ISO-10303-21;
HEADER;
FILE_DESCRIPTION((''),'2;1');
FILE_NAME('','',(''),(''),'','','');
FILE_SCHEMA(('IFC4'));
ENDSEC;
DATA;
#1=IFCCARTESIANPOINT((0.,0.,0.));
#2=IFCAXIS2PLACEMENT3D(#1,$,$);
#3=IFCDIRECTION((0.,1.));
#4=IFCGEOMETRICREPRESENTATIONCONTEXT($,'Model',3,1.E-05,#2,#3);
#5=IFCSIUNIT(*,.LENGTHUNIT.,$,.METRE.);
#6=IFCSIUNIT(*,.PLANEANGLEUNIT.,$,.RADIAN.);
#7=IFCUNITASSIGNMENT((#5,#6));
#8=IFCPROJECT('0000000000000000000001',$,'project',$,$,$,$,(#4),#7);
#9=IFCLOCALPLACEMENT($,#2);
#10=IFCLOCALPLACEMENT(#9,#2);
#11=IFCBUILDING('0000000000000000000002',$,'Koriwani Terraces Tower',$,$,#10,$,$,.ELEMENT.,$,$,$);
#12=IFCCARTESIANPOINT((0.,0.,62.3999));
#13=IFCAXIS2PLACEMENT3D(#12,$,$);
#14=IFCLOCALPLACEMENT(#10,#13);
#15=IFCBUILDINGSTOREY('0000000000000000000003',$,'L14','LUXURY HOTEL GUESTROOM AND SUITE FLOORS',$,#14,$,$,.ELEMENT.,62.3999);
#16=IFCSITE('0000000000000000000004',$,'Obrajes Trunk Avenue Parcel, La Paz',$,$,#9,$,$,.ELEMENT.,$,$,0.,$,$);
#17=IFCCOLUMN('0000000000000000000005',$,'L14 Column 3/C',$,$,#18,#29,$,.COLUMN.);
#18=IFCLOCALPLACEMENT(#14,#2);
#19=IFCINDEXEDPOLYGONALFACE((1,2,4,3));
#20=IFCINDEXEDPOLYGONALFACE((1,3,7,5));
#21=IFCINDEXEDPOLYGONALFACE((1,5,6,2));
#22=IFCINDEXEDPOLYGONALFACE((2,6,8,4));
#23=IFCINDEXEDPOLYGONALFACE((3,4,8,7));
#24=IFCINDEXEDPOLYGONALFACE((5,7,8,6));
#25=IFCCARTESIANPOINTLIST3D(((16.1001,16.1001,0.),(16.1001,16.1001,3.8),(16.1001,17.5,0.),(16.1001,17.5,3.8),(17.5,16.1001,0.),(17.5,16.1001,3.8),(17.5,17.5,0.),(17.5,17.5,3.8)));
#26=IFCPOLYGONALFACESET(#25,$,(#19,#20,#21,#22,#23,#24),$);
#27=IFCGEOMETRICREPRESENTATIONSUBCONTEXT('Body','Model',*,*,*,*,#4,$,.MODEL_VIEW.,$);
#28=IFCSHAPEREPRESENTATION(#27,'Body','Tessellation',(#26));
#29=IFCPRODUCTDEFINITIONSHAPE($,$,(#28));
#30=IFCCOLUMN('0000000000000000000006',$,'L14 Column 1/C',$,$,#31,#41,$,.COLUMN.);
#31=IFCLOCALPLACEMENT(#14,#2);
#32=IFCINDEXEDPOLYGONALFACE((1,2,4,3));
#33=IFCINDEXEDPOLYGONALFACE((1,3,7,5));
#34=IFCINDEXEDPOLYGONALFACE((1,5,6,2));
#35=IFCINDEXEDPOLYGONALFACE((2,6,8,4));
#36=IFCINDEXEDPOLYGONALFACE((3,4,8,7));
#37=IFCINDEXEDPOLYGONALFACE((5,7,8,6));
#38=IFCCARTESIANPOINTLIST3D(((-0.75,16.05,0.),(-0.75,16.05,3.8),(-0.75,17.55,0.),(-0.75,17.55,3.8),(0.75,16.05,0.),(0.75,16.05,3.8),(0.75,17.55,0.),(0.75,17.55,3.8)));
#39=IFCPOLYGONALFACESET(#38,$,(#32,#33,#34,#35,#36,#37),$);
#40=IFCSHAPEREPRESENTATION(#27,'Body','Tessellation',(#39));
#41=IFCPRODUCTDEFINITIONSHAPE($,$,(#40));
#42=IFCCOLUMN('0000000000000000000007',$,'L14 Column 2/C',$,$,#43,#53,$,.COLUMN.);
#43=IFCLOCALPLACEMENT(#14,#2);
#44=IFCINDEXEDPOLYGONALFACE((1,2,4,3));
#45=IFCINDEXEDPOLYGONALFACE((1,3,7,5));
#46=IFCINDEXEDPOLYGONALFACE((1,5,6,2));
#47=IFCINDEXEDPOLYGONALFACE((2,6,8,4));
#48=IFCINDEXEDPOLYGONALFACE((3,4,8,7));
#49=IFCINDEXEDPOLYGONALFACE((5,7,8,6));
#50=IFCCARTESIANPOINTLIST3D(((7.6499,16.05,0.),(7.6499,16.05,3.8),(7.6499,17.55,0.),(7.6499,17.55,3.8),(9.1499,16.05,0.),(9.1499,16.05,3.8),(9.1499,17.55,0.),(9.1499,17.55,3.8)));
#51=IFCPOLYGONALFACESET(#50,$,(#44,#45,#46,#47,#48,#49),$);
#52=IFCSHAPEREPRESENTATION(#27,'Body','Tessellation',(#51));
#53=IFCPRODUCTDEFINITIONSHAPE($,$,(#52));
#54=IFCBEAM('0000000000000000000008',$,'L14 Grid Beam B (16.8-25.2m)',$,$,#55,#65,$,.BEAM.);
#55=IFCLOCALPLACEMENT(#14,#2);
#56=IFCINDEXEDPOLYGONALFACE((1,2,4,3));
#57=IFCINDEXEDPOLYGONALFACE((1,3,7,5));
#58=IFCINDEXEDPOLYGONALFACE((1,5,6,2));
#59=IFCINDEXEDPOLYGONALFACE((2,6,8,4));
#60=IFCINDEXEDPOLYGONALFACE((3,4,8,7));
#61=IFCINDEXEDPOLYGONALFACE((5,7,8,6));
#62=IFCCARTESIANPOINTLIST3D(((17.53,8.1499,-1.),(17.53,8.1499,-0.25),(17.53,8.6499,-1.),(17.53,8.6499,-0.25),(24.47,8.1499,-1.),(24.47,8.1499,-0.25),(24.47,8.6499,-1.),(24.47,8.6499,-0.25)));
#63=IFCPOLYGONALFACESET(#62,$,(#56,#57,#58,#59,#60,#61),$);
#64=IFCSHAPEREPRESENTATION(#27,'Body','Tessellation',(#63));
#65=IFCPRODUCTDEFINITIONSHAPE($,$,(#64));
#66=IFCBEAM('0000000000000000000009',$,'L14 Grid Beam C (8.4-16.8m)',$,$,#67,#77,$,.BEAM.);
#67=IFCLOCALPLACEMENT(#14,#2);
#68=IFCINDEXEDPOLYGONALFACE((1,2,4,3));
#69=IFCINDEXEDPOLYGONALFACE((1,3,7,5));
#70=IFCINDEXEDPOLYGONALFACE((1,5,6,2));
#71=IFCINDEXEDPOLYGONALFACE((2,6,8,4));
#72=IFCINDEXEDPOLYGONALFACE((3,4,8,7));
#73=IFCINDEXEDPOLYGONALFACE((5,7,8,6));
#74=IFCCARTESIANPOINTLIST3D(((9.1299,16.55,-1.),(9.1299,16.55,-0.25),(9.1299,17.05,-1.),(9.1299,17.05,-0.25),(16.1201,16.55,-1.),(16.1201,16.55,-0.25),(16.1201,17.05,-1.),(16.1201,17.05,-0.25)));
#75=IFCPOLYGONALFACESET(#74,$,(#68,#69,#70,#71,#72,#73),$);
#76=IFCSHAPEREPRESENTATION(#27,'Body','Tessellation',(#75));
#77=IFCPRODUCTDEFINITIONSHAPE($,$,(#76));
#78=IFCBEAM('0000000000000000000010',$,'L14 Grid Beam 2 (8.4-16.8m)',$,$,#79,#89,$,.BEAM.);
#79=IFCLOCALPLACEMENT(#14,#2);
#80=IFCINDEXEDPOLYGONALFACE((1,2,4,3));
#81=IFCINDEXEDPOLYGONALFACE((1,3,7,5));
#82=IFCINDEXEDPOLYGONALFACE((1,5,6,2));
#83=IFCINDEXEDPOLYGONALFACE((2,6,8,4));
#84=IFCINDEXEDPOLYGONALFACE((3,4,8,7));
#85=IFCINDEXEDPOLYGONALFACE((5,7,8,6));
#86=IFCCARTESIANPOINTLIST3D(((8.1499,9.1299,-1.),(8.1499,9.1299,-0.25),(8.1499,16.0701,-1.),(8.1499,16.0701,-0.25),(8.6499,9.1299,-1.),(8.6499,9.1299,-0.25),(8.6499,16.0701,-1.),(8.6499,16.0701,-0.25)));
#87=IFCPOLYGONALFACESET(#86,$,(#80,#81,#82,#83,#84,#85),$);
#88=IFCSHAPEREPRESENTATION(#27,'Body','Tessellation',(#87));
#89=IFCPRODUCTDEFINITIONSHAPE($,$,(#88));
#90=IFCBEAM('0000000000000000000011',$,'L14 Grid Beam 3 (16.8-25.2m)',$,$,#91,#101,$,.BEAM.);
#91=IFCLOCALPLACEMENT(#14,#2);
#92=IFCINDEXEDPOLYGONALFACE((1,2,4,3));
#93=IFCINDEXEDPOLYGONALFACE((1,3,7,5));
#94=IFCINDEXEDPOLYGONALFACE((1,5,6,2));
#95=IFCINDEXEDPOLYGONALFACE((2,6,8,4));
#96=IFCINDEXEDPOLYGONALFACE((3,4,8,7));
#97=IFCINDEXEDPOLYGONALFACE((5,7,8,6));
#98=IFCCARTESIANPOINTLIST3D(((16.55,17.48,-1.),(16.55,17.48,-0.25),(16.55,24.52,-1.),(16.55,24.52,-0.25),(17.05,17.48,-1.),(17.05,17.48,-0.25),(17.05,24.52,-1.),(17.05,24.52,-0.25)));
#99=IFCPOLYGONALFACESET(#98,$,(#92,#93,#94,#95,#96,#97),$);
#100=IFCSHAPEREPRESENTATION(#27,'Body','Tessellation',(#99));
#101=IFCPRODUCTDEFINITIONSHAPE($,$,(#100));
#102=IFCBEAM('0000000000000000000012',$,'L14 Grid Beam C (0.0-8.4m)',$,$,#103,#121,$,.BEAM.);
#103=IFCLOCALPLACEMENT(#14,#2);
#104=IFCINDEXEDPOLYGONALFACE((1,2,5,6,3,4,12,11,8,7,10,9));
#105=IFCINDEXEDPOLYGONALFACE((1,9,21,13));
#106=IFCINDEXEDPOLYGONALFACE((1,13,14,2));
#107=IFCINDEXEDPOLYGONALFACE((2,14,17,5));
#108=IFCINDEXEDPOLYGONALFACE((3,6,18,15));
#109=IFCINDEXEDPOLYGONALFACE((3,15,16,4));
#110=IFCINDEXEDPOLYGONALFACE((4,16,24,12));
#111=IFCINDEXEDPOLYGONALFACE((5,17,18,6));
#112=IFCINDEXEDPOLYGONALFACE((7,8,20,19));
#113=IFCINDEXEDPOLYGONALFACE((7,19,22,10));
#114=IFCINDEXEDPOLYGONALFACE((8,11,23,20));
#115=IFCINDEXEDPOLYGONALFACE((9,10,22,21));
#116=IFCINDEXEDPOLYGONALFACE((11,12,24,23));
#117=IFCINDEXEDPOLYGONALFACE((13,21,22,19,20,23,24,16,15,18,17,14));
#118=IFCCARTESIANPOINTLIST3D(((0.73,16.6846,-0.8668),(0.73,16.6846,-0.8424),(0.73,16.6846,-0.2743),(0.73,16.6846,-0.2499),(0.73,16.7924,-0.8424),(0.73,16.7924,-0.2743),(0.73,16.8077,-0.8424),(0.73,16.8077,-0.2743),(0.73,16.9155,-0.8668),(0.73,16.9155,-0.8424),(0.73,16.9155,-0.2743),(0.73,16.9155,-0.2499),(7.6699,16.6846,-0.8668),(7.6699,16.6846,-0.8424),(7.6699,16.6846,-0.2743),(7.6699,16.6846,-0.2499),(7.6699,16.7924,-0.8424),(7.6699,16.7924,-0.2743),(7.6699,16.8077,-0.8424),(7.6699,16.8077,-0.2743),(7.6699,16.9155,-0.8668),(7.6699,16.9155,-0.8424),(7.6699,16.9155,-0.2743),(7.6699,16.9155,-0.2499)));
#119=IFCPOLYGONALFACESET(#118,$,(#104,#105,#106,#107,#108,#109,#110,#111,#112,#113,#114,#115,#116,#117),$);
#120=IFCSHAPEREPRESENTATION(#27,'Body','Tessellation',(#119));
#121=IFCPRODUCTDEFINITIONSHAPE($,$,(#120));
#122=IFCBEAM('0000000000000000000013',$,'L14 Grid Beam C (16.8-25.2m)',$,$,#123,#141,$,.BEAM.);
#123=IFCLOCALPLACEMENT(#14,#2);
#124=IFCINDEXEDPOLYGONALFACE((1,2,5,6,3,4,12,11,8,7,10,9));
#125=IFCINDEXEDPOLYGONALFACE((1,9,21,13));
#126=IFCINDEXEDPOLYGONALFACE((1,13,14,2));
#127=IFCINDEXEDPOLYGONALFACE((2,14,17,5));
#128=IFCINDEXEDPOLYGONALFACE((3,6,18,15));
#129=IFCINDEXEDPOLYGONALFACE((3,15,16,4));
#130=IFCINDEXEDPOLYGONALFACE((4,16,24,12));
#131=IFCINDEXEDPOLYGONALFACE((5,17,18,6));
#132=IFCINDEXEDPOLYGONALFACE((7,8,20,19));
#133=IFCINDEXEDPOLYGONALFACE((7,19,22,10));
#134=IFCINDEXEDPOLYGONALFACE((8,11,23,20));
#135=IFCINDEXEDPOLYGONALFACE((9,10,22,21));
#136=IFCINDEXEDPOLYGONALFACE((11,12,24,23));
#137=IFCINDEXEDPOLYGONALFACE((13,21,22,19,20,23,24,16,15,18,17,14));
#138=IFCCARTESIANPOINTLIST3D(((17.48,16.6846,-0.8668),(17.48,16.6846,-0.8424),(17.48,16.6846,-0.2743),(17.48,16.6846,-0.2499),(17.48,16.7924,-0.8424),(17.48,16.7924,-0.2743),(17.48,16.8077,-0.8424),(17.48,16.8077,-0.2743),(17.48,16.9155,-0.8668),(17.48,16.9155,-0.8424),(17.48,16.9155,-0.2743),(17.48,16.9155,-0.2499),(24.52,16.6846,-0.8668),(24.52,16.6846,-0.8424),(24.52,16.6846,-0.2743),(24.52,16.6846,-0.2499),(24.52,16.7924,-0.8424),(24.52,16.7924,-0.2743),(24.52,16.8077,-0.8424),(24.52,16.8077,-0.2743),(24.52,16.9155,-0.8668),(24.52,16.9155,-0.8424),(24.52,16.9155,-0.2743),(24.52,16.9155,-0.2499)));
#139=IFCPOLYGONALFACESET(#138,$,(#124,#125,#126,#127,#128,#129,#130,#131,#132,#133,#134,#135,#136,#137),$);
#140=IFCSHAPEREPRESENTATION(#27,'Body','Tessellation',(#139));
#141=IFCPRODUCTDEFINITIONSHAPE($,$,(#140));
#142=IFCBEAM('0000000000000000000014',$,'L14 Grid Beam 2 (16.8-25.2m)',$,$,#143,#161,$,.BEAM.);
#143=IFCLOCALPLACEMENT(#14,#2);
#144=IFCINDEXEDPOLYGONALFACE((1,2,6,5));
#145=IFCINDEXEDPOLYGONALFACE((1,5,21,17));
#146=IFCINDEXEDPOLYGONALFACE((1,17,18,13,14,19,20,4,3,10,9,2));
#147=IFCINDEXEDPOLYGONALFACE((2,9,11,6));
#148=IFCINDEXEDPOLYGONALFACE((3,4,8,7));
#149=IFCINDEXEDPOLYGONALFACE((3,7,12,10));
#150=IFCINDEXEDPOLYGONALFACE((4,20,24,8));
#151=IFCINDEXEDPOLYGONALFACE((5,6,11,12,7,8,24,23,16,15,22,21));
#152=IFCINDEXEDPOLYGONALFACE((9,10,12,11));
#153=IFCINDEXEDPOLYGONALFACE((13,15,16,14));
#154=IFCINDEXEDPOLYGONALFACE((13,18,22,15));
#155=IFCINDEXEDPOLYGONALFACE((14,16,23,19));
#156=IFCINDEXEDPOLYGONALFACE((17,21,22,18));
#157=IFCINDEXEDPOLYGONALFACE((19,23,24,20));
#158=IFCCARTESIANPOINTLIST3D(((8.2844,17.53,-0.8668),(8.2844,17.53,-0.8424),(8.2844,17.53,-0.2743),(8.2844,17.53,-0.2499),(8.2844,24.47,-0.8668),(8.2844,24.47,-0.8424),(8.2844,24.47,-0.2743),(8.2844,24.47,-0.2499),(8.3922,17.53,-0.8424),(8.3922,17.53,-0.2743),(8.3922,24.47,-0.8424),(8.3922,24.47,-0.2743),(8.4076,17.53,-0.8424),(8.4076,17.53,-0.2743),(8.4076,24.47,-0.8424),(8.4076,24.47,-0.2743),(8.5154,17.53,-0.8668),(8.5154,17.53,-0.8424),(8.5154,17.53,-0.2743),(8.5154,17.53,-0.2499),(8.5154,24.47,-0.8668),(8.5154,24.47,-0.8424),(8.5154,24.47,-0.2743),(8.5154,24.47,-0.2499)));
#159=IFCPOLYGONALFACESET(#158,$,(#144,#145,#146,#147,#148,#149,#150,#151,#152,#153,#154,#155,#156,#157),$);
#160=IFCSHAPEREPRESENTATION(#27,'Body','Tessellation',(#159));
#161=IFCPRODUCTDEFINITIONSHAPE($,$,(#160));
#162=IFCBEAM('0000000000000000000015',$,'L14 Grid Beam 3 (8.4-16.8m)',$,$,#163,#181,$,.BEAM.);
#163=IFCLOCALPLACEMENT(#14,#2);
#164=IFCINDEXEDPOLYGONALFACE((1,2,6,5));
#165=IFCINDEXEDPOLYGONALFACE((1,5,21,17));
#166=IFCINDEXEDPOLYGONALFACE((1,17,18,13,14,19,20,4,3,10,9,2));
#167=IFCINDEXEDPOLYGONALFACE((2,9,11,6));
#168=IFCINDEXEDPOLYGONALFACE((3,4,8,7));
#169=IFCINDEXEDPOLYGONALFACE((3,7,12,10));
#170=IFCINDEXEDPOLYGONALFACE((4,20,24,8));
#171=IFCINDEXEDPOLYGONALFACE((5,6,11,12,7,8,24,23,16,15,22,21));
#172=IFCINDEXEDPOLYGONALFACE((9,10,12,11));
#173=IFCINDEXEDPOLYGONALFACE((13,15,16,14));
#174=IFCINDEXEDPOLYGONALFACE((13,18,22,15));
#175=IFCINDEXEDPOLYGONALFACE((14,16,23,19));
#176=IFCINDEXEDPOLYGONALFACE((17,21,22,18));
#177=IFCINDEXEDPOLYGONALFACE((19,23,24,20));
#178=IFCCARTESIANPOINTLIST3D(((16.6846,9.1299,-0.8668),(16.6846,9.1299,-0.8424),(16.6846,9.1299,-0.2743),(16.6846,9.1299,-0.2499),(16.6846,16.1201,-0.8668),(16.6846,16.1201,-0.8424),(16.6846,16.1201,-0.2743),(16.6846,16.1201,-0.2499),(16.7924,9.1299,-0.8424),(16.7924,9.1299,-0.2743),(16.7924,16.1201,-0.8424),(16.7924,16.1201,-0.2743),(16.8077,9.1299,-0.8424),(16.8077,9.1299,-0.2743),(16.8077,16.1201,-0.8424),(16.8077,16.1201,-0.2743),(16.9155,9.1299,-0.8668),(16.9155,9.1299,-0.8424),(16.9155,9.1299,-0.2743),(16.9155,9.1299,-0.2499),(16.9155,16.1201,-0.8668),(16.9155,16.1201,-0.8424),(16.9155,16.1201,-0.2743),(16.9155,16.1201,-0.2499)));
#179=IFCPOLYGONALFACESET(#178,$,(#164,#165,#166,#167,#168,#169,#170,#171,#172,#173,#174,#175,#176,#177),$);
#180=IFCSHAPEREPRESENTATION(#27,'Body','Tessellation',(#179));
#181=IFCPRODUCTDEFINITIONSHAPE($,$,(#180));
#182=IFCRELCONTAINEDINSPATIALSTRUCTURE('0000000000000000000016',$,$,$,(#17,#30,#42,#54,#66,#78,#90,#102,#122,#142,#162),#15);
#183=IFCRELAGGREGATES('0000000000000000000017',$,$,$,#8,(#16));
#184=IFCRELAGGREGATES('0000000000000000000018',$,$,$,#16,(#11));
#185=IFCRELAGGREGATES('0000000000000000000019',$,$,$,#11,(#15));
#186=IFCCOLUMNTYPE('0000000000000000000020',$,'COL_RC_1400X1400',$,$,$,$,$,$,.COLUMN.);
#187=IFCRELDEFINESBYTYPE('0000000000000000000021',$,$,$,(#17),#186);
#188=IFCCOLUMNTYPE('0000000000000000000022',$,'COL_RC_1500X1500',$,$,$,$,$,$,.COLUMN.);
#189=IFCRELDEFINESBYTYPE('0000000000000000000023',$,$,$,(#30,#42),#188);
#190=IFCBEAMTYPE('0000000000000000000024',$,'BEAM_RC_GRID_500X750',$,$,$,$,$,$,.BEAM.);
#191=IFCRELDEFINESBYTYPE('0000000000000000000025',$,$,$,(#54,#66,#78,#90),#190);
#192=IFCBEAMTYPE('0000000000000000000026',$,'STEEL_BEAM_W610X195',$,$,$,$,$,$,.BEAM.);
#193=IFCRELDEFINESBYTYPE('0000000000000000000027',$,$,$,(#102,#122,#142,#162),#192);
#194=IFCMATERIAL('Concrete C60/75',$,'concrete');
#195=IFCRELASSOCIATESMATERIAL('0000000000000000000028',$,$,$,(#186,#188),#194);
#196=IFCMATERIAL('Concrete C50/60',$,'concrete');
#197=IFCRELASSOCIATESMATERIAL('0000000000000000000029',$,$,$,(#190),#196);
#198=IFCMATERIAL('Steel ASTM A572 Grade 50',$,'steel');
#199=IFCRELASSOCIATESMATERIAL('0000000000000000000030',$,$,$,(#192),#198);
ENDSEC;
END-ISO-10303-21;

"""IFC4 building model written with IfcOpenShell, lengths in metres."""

from ifc_helpers import new_model, si_unit, direction, frame, origin, origin_2d, place, context, subcontext, project, spatial, rectangle, i_section, extrude, material, material_profile, profile_set, type_object, element, save


model = new_model("IFC4")

# Units and contexts
model_context = context("Model", 3, precision=1e-05, world=origin(), true_north=direction((0.0, 1.0)))
body_context = subcontext(model_context, "Body", "Model", "MODEL_VIEW")
ifc_project = project(units=[si_unit("LENGTHUNIT", "METRE"), si_unit("PLANEANGLEUNIT", "RADIAN")], contexts=[model_context])

# Site, building, storey
site_placement = place(None, origin())
site = spatial("IfcSite", under=ifc_project, at=site_placement, Name="Obrajes Trunk Avenue Parcel, La Paz", CompositionType="ELEMENT", RefElevation=0.0)
building_placement = place(site_placement, origin())
building = spatial("IfcBuilding", under=site, at=building_placement, Name="Koriwani Terraces Tower", CompositionType="ELEMENT")
storey_placement = place(building_placement, frame((0.0, 0.0, 62.3999)))
storey = spatial("IfcBuildingStorey", under=building, at=storey_placement, Name="L14", Description="LUXURY HOTEL GUESTROOM AND SUITE FLOORS", CompositionType="ELEMENT", Elevation=62.3999)

# Columns
ifc_material_1 = material(Name="Concrete C60/75", Category="concrete")
ifc_material_profile_1 = material_profile(ifc_material_1, rectangle(XDim=1.3999, YDim=1.3999, at=origin_2d()), Name="Concrete C60/75", Category="LoadBearing")
ifc_profile_set_1 = profile_set([ifc_material_profile_1], Name="Concrete C60/75")
column_type_1 = type_object("IfcColumnType", Name="COL_RC_1400X1400", PredefinedType="COLUMN", material=ifc_profile_set_1)
column_placement = place(storey_placement, frame((16.8, 16.8, 0.0), z_axis=(0.0, 0.0, 1.0), x_axis=(1.0, 0.0, 0.0)))
element("IfcColumn", 1, at=column_placement, inside=storey, type_object=column_type_1, Name="L14 Column 3/C", PredefinedType="COLUMN", context=body_context, shape_type="SweptSolid", body=[
    extrude(rectangle(XDim=1.3999, YDim=1.3999, at=origin_2d()), origin(), (0.0, 0.0, 1.0), 3.8),
])
ifc_material_profile_2 = material_profile(ifc_material_1, rectangle(XDim=1.5, YDim=1.5, at=origin_2d()), Name="Concrete C60/75", Category="LoadBearing")
ifc_profile_set_2 = profile_set([ifc_material_profile_2], Name="Concrete C60/75")
column_type_2 = type_object("IfcColumnType", Name="COL_RC_1500X1500", PredefinedType="COLUMN", material=ifc_profile_set_2)
for number, where, z_axis, x_axis, name in (
    (2, (0.0, 16.8, 0.0), (0.0, 0.0, 1.0), (1.0, 0.0, 0.0), "L14 Column 1/C"),
    (3, (8.3999, 16.8, 0.0), (0.0, 0.0, 1.0), (1.0, 0.0, 0.0), "L14 Column 2/C"),
):
    element("IfcColumn", number, at=place(storey_placement, frame(where, z_axis=z_axis, x_axis=x_axis)), inside=storey, type_object=column_type_2, Name=name, PredefinedType="COLUMN", context=body_context, shape_type="SweptSolid", body=[
        extrude(rectangle(XDim=1.5, YDim=1.5, at=origin_2d()), origin(), (0.0, 0.0, 1.0), 3.8),
    ])

# Beams
ifc_material_2 = material(Name="Concrete C50/60", Category="concrete")
ifc_material_profile_3 = material_profile(ifc_material_2, rectangle(XDim=0.5, YDim=0.75, at=origin_2d()), Name="Concrete C50/60", Category="LoadBearing")
ifc_profile_set_3 = profile_set([ifc_material_profile_3], Name="Concrete C50/60")
beam_type_1 = type_object("IfcBeamType", Name="BEAM_RC_GRID_500X750", PredefinedType="BEAM", material=ifc_profile_set_3)
beam_1_placement = place(storey_placement, frame((17.53, 8.3999, -0.625), z_axis=(1.0, 0.0, 0.0), x_axis=(0.0, 1.0, 0.0)))
element("IfcBeam", 4, at=beam_1_placement, inside=storey, type_object=beam_type_1, Name="L14 Grid Beam B (16.8-25.2m)", PredefinedType="BEAM", context=body_context, shape_type="SweptSolid", body=[
    extrude(rectangle(XDim=0.5, YDim=0.75, at=origin_2d()), origin(), (0.0, 0.0, 1.0), 6.9399),
])
beam_2_placement = place(storey_placement, frame((9.1299, 16.8, -0.625), z_axis=(1.0, 0.0, 0.0), x_axis=(0.0, 1.0, 0.0)))
element("IfcBeam", 5, at=beam_2_placement, inside=storey, type_object=beam_type_1, Name="L14 Grid Beam C (8.4-16.8m)", PredefinedType="BEAM", context=body_context, shape_type="SweptSolid", body=[
    extrude(rectangle(XDim=0.5, YDim=0.75, at=origin_2d()), origin(), (0.0, 0.0, 1.0), 6.9902),
])
beam_3_placement = place(storey_placement, frame((8.3999, 9.1299, -0.625), z_axis=(0.0, 1.0, 0.0), x_axis=(-1.0, 0.0, 0.0)))
element("IfcBeam", 6, at=beam_3_placement, inside=storey, type_object=beam_type_1, Name="L14 Grid Beam 2 (8.4-16.8m)", PredefinedType="BEAM", context=body_context, shape_type="SweptSolid", body=[
    extrude(rectangle(XDim=0.5, YDim=0.75, at=origin_2d()), origin(), (0.0, 0.0, 1.0), 6.9402),
])
beam_4_placement = place(storey_placement, frame((16.8, 17.48, -0.625), z_axis=(0.0, 1.0, 0.0), x_axis=(-1.0, 0.0, 0.0)))
element("IfcBeam", 7, at=beam_4_placement, inside=storey, type_object=beam_type_1, Name="L14 Grid Beam 3 (16.8-25.2m)", PredefinedType="BEAM", context=body_context, shape_type="SweptSolid", body=[
    extrude(rectangle(XDim=0.5, YDim=0.75, at=origin_2d()), origin(), (0.0, 0.0, 1.0), 7.04),
])
ifc_material_3 = material(Name="Steel ASTM A572 Grade 50", Category="steel")
ifc_material_profile_4 = material_profile(ifc_material_3, i_section(OverallWidth=0.231, OverallDepth=0.6169, WebThickness=0.0154, FlangeThickness=0.0244, at=origin_2d()), Name="Steel ASTM A572 Grade 50", Category="LoadBearing")
ifc_profile_set_4 = profile_set([ifc_material_profile_4], Name="Steel ASTM A572 Grade 50")
beam_type_2 = type_object("IfcBeamType", Name="STEEL_BEAM_W610X195", PredefinedType="BEAM", material=ifc_profile_set_4)
beam_5_placement = place(storey_placement, frame((0.73, 16.8, -0.5583), z_axis=(1.0, 0.0, 0.0), x_axis=(0.0, 1.0, 0.0)))
element("IfcBeam", 8, at=beam_5_placement, inside=storey, type_object=beam_type_2, Name="L14 Grid Beam C (0.0-8.4m)", PredefinedType="BEAM", context=body_context, shape_type="SweptSolid", body=[
    extrude(i_section(OverallWidth=0.231, OverallDepth=0.6169, WebThickness=0.0154, FlangeThickness=0.0244, at=origin_2d()), origin(), (0.0, 0.0, 1.0), 6.9399),
])
beam_6_placement = place(storey_placement, frame((17.48, 16.8, -0.5583), z_axis=(1.0, 0.0, 0.0), x_axis=(0.0, 1.0, 0.0)))
element("IfcBeam", 9, at=beam_6_placement, inside=storey, type_object=beam_type_2, Name="L14 Grid Beam C (16.8-25.2m)", PredefinedType="BEAM", context=body_context, shape_type="SweptSolid", body=[
    extrude(i_section(OverallWidth=0.231, OverallDepth=0.6169, WebThickness=0.0154, FlangeThickness=0.0244, at=origin_2d()), origin(), (0.0, 0.0, 1.0), 7.04),
])
beam_7_placement = place(storey_placement, frame((8.3999, 17.53, -0.5583), z_axis=(0.0, 1.0, 0.0), x_axis=(-1.0, 0.0, 0.0)))
element("IfcBeam", 10, at=beam_7_placement, inside=storey, type_object=beam_type_2, Name="L14 Grid Beam 2 (16.8-25.2m)", PredefinedType="BEAM", context=body_context, shape_type="SweptSolid", body=[
    extrude(i_section(OverallWidth=0.231, OverallDepth=0.6169, WebThickness=0.0154, FlangeThickness=0.0244, at=origin_2d()), origin(), (0.0, 0.0, 1.0), 6.9399),
])
beam_8_placement = place(storey_placement, frame((16.8, 9.1299, -0.5583), z_axis=(0.0, 1.0, 0.0), x_axis=(-1.0, 0.0, 0.0)))
element("IfcBeam", 11, at=beam_8_placement, inside=storey, type_object=beam_type_2, Name="L14 Grid Beam 3 (8.4-16.8m)", PredefinedType="BEAM", context=body_context, shape_type="SweptSolid", body=[
    extrude(i_section(OverallWidth=0.231, OverallDepth=0.6169, WebThickness=0.0154, FlangeThickness=0.0244, at=origin_2d()), origin(), (0.0, 0.0, 1.0), 6.9902),
])

save(model, "model.ifc")
